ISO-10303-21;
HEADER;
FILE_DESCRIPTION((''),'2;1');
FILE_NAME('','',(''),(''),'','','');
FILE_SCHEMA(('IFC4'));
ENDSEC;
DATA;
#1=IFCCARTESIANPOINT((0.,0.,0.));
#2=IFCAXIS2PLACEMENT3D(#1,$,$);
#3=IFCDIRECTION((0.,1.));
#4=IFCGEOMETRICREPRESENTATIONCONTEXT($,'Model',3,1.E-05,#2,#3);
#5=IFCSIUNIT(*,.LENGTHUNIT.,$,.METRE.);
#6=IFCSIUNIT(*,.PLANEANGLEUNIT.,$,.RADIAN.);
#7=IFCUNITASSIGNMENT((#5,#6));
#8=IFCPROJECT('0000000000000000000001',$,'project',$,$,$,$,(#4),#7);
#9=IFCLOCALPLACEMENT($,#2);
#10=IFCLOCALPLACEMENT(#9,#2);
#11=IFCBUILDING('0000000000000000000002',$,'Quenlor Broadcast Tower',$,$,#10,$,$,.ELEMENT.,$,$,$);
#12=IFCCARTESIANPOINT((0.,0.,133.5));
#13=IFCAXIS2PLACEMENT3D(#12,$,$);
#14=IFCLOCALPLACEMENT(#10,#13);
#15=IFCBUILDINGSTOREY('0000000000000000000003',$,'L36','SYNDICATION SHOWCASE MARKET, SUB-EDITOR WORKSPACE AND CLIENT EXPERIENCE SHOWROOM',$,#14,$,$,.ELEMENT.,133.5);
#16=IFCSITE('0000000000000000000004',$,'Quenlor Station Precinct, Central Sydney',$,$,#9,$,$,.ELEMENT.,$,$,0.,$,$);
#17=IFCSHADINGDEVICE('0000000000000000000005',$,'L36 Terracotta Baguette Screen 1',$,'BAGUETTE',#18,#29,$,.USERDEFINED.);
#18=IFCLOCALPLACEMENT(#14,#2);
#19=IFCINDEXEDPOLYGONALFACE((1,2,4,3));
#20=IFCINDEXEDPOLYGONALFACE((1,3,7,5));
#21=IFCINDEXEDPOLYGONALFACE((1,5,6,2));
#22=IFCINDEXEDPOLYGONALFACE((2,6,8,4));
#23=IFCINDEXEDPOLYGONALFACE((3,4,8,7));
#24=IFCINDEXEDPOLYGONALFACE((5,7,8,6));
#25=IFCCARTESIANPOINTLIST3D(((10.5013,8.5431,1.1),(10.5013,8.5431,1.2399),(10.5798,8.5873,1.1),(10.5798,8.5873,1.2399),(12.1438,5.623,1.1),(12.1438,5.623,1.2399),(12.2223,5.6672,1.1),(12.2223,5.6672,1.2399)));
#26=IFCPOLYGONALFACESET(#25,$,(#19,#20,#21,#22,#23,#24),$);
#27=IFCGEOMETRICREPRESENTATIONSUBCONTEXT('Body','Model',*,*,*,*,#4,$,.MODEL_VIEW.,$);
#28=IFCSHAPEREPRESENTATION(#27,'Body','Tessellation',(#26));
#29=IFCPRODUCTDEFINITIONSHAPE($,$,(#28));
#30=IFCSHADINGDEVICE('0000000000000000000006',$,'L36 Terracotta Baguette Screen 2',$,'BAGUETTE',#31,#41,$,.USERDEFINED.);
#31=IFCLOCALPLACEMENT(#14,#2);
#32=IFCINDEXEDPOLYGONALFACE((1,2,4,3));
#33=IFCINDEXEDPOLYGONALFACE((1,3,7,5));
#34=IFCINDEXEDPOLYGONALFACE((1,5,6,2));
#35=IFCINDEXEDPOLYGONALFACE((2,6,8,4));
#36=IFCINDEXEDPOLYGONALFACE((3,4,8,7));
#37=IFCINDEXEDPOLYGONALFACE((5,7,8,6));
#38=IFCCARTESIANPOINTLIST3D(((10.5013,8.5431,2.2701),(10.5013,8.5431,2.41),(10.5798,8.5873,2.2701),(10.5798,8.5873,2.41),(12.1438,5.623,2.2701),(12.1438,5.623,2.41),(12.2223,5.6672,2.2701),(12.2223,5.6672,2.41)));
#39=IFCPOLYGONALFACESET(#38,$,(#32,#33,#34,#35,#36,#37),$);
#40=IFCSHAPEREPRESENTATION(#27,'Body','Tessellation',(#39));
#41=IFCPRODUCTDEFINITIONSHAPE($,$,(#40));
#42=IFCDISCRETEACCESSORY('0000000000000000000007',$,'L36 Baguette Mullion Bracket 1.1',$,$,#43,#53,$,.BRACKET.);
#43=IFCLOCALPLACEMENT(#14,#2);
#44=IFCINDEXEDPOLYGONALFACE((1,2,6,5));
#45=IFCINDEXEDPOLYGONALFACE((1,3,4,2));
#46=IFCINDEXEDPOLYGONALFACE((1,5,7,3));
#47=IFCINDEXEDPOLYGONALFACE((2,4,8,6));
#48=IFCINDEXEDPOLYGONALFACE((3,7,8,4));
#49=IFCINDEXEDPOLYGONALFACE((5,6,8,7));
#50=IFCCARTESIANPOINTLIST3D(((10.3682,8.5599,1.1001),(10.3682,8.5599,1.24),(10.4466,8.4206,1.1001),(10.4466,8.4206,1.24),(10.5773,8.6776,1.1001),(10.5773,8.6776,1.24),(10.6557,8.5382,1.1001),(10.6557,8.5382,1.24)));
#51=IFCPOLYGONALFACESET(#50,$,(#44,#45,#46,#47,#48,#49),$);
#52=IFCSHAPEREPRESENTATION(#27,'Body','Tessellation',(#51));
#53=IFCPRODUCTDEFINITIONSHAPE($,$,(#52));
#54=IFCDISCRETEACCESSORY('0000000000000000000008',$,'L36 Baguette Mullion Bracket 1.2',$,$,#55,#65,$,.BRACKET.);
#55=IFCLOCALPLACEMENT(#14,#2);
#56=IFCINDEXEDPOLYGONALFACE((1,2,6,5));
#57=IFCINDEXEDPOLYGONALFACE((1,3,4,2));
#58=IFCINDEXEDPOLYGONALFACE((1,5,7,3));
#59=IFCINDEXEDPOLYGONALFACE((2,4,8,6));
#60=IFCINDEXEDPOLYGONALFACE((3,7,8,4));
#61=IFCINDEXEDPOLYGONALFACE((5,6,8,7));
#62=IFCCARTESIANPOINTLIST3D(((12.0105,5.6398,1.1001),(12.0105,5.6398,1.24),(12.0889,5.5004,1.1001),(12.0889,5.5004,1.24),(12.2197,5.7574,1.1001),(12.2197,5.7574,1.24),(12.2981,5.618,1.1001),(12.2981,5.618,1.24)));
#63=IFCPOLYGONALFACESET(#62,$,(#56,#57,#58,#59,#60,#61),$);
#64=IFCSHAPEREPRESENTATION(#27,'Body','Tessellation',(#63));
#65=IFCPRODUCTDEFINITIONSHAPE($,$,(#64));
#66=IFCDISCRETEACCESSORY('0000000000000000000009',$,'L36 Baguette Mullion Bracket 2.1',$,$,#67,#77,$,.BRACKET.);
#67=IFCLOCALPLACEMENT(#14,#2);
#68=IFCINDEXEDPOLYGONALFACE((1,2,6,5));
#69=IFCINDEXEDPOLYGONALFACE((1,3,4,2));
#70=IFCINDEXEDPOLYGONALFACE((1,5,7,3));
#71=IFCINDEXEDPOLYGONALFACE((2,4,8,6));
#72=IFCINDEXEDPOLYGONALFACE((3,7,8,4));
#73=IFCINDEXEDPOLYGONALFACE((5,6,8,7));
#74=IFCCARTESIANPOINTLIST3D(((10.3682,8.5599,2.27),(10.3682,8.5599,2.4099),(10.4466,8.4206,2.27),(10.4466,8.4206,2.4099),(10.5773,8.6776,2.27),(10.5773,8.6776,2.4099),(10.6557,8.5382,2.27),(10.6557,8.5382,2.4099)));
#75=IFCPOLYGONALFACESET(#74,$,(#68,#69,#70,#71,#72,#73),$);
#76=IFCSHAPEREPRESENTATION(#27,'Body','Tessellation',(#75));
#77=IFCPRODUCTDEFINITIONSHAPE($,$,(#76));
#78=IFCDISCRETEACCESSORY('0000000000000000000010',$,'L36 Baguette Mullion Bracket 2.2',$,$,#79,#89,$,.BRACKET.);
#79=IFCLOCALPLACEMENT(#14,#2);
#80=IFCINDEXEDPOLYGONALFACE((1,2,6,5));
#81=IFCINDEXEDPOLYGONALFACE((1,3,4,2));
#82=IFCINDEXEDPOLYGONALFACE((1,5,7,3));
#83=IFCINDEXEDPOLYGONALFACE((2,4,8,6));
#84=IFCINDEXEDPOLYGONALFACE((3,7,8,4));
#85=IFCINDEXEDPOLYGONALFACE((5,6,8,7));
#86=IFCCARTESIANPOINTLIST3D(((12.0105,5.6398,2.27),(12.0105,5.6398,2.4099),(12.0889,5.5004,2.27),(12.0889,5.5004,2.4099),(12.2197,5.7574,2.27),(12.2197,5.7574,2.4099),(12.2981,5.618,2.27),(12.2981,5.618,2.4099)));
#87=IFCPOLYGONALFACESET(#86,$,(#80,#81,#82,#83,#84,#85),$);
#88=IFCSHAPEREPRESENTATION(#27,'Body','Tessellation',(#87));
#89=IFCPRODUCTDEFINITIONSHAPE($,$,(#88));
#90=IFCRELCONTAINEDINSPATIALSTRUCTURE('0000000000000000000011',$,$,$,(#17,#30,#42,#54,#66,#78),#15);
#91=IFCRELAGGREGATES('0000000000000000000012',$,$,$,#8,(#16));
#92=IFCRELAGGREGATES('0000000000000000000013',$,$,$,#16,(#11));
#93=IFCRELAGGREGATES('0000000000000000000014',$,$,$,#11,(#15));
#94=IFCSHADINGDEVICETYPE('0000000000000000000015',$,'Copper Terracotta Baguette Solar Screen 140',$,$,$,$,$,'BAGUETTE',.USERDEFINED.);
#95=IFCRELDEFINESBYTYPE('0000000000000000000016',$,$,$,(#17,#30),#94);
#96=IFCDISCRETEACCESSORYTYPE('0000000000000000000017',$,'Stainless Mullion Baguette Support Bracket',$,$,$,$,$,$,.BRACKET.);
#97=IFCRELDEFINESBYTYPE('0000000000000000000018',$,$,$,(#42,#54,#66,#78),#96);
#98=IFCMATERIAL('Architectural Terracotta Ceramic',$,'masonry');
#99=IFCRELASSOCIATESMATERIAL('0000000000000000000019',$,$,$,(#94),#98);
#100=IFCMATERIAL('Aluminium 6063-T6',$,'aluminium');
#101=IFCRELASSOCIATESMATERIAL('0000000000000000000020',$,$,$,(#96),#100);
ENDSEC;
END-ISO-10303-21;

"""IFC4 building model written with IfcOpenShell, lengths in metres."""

from ifc_helpers import new_model, si_unit, direction, frame, origin, origin_2d, place, context, subcontext, project, spatial, rectangle, extrude, material, material_profile, profile_set, type_object, element, save


model = new_model("IFC4")

# Units and contexts
model_context = context("Model", 3, precision=1e-05, world=origin(), true_north=direction((0.0, 1.0)))
body_context = subcontext(model_context, "Body", "Model", "MODEL_VIEW")
ifc_project = project(units=[si_unit("LENGTHUNIT", "METRE"), si_unit("PLANEANGLEUNIT", "RADIAN")], contexts=[model_context])

# Site, building, storey
site_placement = place(None, origin())
site = spatial("IfcSite", under=ifc_project, at=site_placement, Name="Quenlor Station Precinct, Central Sydney", CompositionType="ELEMENT", RefElevation=0.0)
building_placement = place(site_placement, origin())
building = spatial("IfcBuilding", under=site, at=building_placement, Name="Quenlor Broadcast Tower", CompositionType="ELEMENT")
storey_placement = place(building_placement, frame((0.0, 0.0, 133.5)))
storey = spatial("IfcBuildingStorey", under=building, at=storey_placement, Name="L36", Description="SYNDICATION SHOWCASE MARKET, SUB-EDITOR WORKSPACE AND CLIENT EXPERIENCE SHOWROOM", CompositionType="ELEMENT", Elevation=133.5)

# Shading devices
ifc_material_1 = material(Name="Architectural Terracotta Ceramic", Category="masonry")
ifc_material_profile_1 = material_profile(ifc_material_1, rectangle(XDim=0.0901, YDim=0.1399, at=origin_2d()))
ifc_profile_set_1 = profile_set([ifc_material_profile_1], Name="Architectural Terracotta Ceramic BAG90x140")
shading_device_type = type_object("IfcShadingDeviceType", Name="Copper Terracotta Baguette Solar Screen 140", ElementType="BAGUETTE", PredefinedType="USERDEFINED", material=ifc_profile_set_1)
for number, where, z_axis, x_axis, name in (
    (1, (10.5405, 8.5652, 1.1699), (0.490258, -0.871577, 0.0), (0.871577, 0.490258, 0.0), "L36 Terracotta Baguette Screen 1"),
    (2, (10.5405, 8.5652, 2.3401), (0.490258, -0.871577, 0.0), (0.871577, 0.490258, 0.0), "L36 Terracotta Baguette Screen 2"),
):
    element("IfcShadingDevice", number, at=place(storey_placement, frame(where, z_axis=z_axis, x_axis=x_axis)), inside=storey, type_object=shading_device_type, Name=name, ObjectType="BAGUETTE", PredefinedType="USERDEFINED", context=body_context, shape_type="SweptSolid", body=[
        extrude(rectangle(XDim=0.0901, YDim=0.1399, at=origin_2d()), origin(), (0.0, 0.0, 1.0), 3.3503),
    ])

# Discrete accessories
ifc_material_2 = material(Name="Aluminium 6063-T6", Category="aluminium")
discrete_accessory_type = type_object("IfcDiscreteAccessoryType", Name="Stainless Mullion Baguette Support Bracket", PredefinedType="BRACKET", material=ifc_material_2)
for number, where, z_axis, x_axis, name in (
    (3, (10.512, 8.5491, 1.1001), (0.0, 0.0, 1.0), (0.490256, -0.871579, 0.0), "L36 Baguette Mullion Bracket 1.1"),
    (4, (12.1543, 5.6289, 1.1001), (0.0, 0.0, 1.0), (0.490256, -0.871579, 0.0), "L36 Baguette Mullion Bracket 1.2"),
    (5, (10.512, 8.5491, 2.27), (0.0, 0.0, 1.0), (0.490256, -0.871579, 0.0), "L36 Baguette Mullion Bracket 2.1"),
    (6, (12.1543, 5.6289, 2.27), (0.0, 0.0, 1.0), (0.490256, -0.871579, 0.0), "L36 Baguette Mullion Bracket 2.2"),
):
    element("IfcDiscreteAccessory", number, at=place(storey_placement, frame(where, z_axis=z_axis, x_axis=x_axis)), inside=storey, type_object=discrete_accessory_type, Name=name, PredefinedType="BRACKET", context=body_context, shape_type="SweptSolid", body=[
        extrude(rectangle(XDim=0.1599, YDim=0.24, at=origin_2d()), origin(), (0.0, 0.0, 1.0), 0.1399),
    ])

save(model, "model.ifc")
